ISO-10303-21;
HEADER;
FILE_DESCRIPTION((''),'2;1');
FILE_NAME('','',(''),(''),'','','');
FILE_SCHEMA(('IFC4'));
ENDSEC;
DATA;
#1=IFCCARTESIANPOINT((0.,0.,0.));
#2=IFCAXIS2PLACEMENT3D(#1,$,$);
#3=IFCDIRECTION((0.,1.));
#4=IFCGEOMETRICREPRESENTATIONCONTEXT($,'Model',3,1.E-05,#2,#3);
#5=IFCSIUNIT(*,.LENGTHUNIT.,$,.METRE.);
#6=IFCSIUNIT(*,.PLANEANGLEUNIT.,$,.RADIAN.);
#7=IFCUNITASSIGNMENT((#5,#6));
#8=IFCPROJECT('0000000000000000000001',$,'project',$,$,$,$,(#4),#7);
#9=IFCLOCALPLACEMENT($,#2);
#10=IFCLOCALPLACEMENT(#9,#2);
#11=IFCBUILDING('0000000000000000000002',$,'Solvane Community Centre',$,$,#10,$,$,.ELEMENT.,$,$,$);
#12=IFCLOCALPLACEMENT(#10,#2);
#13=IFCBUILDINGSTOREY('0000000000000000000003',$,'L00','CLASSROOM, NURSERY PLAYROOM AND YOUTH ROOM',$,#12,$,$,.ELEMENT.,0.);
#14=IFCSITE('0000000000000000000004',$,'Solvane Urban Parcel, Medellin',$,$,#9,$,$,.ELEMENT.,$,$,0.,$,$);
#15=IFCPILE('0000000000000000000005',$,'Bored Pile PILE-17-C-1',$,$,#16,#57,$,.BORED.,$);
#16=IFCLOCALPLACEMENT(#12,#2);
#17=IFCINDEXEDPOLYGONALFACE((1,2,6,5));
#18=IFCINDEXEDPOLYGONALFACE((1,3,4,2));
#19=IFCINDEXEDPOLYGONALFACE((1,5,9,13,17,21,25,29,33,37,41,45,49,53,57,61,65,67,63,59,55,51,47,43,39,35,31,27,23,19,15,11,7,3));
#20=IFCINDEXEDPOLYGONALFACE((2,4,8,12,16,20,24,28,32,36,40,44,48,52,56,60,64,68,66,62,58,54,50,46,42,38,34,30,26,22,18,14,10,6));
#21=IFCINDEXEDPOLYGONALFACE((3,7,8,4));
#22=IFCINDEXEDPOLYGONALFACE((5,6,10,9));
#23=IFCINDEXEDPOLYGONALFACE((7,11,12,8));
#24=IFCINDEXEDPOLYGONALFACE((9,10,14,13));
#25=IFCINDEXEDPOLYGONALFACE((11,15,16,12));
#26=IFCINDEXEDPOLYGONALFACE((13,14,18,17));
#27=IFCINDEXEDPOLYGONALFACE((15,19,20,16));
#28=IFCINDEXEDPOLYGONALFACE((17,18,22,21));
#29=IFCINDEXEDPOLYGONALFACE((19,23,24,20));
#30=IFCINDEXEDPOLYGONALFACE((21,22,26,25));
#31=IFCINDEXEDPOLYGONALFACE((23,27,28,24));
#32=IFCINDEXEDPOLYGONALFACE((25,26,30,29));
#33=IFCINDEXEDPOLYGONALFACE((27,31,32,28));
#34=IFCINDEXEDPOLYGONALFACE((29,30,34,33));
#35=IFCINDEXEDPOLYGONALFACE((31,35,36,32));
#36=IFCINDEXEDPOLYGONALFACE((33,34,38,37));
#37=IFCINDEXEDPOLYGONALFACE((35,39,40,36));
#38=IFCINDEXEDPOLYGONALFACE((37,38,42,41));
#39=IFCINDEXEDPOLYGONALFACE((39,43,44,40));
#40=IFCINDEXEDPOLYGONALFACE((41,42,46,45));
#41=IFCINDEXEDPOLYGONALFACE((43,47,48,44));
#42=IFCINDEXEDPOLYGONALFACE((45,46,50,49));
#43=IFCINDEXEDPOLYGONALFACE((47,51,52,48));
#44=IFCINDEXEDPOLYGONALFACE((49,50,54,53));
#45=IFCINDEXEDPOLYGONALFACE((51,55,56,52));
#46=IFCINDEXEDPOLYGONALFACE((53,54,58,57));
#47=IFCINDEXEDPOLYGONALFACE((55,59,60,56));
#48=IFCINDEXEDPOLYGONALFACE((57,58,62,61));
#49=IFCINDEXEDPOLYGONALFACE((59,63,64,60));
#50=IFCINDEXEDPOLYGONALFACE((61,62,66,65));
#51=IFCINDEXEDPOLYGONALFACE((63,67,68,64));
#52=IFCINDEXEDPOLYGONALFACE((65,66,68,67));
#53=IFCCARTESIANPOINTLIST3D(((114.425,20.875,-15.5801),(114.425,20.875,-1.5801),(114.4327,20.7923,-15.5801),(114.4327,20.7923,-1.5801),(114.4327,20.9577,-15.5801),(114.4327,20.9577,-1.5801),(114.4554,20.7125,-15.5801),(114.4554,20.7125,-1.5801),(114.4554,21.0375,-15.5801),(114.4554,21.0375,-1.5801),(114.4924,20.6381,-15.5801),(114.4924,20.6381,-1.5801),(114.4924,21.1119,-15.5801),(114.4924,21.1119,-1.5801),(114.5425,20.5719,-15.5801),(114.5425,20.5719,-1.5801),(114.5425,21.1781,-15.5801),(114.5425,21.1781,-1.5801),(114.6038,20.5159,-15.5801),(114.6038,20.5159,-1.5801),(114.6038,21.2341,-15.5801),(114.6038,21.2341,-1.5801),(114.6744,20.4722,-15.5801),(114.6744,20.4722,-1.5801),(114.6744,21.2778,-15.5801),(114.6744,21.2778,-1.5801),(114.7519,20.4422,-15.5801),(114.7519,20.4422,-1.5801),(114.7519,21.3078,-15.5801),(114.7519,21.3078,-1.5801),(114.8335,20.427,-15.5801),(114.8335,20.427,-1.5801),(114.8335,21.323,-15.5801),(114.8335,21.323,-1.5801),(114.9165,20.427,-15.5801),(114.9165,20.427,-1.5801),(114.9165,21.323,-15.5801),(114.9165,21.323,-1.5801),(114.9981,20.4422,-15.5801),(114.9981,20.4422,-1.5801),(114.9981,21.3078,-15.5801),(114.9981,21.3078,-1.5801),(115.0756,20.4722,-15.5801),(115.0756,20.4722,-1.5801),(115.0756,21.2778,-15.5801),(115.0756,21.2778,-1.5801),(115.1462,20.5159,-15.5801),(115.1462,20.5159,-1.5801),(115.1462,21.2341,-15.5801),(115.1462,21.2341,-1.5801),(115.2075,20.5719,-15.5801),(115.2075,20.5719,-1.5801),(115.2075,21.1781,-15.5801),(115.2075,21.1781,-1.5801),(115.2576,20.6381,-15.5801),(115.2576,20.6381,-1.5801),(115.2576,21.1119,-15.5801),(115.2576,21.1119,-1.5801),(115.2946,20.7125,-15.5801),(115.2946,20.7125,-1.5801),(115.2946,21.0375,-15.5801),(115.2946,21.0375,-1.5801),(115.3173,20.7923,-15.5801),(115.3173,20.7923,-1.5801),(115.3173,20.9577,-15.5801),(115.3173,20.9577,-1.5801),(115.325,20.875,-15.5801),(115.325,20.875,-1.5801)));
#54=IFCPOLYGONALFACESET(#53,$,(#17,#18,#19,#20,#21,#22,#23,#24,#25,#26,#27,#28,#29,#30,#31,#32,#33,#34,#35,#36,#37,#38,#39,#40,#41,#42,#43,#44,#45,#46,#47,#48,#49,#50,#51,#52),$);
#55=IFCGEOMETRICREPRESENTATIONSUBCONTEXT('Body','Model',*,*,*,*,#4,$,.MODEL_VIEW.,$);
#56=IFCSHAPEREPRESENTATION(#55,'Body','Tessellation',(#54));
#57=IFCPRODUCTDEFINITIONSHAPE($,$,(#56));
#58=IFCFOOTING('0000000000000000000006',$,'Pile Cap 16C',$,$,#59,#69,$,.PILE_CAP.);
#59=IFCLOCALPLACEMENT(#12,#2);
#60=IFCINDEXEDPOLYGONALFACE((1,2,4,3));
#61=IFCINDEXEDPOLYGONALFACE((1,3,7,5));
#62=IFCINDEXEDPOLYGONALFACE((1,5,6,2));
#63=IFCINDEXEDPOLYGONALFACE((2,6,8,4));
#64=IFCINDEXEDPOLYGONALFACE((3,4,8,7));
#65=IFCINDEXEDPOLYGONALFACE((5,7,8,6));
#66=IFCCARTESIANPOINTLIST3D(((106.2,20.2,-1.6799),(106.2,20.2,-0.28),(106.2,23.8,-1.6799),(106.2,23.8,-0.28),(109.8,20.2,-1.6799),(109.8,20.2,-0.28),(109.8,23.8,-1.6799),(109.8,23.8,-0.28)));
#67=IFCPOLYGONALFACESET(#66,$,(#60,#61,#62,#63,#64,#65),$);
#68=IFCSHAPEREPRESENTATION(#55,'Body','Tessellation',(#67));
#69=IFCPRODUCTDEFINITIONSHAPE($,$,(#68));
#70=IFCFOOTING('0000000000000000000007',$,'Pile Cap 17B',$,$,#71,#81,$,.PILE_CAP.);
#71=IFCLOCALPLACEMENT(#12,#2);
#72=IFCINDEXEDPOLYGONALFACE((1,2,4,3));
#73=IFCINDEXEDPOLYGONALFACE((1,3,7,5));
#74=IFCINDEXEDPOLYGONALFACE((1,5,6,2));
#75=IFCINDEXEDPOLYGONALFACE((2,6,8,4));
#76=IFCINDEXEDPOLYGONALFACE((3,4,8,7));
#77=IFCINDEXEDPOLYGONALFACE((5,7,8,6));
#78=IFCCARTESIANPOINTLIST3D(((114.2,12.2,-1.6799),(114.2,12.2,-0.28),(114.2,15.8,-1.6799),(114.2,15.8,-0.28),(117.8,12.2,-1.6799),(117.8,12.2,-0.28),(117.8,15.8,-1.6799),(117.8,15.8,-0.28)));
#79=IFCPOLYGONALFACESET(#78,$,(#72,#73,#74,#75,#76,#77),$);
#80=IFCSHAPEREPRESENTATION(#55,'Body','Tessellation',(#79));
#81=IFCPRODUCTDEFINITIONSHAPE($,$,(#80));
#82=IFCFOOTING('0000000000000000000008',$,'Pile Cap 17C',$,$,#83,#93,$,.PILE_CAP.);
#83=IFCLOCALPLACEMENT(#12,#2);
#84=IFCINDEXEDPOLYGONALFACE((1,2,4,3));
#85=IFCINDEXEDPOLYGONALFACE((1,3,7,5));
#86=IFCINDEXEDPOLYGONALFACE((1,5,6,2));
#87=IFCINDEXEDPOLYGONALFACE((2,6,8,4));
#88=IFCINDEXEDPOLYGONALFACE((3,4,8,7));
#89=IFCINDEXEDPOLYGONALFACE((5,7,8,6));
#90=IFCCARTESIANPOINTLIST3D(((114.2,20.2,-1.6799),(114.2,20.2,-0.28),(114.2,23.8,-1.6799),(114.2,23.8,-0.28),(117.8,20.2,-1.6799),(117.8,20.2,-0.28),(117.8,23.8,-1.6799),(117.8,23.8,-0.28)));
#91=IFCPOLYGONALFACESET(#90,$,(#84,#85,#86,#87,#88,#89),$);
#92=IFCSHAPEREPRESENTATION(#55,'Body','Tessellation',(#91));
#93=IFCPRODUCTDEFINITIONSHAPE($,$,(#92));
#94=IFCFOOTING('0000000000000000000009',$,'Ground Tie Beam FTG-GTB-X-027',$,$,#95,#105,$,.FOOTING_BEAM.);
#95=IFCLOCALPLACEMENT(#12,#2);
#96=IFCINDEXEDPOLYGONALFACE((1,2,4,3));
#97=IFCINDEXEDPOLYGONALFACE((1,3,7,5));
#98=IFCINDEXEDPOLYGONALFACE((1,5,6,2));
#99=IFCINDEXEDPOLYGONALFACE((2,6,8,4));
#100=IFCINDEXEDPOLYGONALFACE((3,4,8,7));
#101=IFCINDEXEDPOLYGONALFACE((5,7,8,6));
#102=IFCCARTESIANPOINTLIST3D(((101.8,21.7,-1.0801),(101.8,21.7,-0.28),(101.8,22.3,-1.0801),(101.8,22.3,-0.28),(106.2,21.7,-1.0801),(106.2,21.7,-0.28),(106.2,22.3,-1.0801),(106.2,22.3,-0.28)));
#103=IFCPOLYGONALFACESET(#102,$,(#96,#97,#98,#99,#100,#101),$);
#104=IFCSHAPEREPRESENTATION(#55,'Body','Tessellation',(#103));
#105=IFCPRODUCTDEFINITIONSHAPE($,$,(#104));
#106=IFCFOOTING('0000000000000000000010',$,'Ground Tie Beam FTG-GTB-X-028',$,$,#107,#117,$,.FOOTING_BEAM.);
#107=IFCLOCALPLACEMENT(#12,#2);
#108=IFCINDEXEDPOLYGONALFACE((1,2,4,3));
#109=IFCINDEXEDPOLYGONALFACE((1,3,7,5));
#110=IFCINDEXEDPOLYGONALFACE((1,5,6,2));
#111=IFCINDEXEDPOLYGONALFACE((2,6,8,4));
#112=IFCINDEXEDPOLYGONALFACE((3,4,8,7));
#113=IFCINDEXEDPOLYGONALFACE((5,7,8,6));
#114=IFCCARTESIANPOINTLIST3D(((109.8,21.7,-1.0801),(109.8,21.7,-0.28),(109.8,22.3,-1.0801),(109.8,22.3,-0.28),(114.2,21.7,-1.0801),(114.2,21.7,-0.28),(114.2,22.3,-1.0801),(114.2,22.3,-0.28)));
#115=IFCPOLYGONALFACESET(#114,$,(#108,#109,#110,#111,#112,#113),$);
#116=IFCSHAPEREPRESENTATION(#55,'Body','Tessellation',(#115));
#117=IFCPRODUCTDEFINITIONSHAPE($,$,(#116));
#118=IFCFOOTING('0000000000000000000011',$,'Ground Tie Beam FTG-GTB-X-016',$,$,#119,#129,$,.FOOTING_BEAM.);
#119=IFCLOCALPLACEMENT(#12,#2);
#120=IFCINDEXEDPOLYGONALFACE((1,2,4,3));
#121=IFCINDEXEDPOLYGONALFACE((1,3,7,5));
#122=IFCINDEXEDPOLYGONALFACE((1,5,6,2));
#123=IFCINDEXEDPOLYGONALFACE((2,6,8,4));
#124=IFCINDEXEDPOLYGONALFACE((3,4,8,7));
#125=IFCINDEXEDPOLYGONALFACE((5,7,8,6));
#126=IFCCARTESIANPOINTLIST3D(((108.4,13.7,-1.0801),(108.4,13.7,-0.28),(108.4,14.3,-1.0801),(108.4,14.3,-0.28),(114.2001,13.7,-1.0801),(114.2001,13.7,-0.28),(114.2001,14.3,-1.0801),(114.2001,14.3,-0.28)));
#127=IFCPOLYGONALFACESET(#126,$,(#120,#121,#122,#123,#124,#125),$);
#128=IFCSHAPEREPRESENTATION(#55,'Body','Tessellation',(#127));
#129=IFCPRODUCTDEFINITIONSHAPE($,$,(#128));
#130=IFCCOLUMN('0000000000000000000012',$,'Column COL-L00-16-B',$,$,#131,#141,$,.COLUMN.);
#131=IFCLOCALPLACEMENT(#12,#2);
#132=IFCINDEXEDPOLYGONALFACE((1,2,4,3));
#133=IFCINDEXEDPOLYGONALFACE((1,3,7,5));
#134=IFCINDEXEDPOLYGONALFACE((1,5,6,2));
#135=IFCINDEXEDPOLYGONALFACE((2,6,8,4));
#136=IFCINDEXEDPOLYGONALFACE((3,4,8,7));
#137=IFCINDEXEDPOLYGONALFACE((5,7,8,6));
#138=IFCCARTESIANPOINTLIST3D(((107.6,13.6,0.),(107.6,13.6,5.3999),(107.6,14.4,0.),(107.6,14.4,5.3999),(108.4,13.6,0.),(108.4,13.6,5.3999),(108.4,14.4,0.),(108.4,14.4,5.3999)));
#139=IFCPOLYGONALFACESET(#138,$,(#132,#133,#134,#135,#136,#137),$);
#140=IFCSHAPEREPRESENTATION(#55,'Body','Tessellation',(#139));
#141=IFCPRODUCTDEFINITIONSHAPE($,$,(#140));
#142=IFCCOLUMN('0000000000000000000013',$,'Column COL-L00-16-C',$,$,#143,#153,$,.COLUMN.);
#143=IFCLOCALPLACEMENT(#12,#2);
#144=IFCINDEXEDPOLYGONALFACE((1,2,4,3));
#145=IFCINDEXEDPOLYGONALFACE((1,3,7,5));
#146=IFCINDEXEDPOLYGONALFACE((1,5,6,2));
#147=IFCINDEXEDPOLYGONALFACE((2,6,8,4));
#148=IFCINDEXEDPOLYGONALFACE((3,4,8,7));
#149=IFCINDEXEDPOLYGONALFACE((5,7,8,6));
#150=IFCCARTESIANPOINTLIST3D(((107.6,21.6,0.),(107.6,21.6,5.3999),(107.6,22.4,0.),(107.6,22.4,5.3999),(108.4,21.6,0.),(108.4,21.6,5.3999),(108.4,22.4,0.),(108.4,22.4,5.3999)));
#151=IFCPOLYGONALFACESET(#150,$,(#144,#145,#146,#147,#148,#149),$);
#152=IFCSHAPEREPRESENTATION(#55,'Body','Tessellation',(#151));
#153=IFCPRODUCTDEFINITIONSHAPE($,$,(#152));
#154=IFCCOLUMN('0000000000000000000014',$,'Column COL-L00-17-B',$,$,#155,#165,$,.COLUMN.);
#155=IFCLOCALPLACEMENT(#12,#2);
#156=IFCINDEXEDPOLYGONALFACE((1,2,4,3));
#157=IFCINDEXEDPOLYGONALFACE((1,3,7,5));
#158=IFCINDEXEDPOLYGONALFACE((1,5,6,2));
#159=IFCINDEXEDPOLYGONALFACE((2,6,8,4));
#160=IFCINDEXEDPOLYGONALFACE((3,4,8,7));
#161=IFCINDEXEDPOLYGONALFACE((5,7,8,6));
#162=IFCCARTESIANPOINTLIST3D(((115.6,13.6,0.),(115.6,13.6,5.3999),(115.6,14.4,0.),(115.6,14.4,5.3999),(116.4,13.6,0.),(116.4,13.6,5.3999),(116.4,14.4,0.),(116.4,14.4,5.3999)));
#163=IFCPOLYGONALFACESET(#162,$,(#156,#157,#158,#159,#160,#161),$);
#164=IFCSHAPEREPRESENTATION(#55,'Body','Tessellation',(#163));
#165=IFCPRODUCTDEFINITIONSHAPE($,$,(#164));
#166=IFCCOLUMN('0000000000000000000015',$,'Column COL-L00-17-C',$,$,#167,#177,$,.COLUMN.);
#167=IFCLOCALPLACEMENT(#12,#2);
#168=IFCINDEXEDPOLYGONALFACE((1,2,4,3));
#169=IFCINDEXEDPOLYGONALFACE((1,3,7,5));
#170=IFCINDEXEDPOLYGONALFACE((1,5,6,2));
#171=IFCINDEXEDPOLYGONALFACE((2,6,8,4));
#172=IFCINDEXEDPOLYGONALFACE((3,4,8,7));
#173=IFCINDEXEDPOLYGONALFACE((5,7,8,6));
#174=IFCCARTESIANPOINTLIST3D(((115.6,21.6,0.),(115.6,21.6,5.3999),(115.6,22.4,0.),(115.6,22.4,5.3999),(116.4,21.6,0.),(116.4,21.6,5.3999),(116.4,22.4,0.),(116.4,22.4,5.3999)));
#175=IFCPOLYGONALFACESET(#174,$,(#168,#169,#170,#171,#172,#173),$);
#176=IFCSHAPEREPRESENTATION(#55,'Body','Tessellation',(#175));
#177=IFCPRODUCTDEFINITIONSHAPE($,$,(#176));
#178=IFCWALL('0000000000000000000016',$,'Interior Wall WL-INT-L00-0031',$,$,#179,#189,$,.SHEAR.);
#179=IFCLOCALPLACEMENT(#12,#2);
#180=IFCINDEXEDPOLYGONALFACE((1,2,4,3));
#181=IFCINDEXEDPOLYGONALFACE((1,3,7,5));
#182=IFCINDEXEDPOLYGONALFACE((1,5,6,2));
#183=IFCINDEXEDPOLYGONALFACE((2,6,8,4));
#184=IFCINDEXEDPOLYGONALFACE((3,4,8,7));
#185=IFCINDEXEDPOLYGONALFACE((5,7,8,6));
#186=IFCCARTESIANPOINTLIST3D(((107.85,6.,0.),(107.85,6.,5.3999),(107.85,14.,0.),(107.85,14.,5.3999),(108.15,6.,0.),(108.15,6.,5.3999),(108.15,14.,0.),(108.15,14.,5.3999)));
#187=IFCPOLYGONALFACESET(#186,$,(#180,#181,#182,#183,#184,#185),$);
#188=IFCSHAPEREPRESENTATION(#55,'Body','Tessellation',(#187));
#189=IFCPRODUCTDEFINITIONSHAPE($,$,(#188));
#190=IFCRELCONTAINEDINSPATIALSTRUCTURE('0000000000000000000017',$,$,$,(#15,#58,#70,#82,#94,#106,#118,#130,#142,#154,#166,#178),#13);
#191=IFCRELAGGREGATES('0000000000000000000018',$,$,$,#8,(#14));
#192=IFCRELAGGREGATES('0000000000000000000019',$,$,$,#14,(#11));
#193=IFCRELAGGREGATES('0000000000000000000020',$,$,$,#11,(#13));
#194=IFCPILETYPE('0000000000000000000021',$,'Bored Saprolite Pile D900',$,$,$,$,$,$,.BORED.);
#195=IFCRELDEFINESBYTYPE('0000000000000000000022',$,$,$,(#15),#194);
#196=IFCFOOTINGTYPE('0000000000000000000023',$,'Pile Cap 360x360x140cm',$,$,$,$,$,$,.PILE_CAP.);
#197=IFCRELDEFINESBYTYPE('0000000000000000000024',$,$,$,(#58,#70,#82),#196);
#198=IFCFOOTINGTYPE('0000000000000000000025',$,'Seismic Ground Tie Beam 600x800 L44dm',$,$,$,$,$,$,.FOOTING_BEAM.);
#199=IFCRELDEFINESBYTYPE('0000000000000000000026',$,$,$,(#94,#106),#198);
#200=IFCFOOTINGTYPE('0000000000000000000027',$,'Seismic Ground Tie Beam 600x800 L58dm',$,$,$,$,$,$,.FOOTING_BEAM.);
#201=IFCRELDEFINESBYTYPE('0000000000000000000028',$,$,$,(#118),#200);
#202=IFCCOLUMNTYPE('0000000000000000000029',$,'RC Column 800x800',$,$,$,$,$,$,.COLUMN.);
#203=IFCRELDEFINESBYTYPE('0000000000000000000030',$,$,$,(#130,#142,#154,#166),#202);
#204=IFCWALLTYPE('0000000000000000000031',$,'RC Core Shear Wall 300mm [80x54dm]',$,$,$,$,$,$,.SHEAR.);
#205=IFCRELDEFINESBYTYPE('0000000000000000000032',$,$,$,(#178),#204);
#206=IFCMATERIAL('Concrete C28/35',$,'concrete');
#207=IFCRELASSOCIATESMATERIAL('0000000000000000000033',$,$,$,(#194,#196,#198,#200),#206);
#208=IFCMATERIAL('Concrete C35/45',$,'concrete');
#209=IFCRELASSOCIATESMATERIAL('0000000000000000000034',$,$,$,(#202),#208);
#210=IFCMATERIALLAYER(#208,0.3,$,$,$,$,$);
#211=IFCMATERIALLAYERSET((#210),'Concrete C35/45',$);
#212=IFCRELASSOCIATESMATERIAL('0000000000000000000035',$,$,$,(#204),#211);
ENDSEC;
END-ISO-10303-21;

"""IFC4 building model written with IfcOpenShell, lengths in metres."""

from ifc_helpers import new_model, si_unit, direction, frame, frame_2d, origin, origin_2d, place, context, subcontext, project, spatial, rectangle, circle, extrude, material, layer, layer_set, material_profile, profile_set, type_object, element, save


model = new_model("IFC4")

# Units and contexts
model_context = context("Model", 3, precision=1e-05, world=origin(), true_north=direction((0.0, 1.0)))
body_context = subcontext(model_context, "Body", "Model", "MODEL_VIEW")
ifc_project = project(units=[si_unit("LENGTHUNIT", "METRE"), si_unit("PLANEANGLEUNIT", "RADIAN")], contexts=[model_context])

# Site, building, storey
site_placement = place(None, origin())
site = spatial("IfcSite", under=ifc_project, at=site_placement, Name="Solvane Urban Parcel, Medellin", CompositionType="ELEMENT", RefElevation=0.0)
building_placement = place(site_placement, origin())
building = spatial("IfcBuilding", under=site, at=building_placement, Name="Solvane Community Centre", CompositionType="ELEMENT")
storey_placement = place(building_placement, origin())
storey = spatial("IfcBuildingStorey", under=building, at=storey_placement, Name="L00", Description="CLASSROOM, NURSERY PLAYROOM AND YOUTH ROOM", CompositionType="ELEMENT", Elevation=0.0)

# Pile
ifc_material_1 = material(Name="Concrete C28/35", Category="concrete")
ifc_material_profile_1 = material_profile(ifc_material_1, circle(Radius=0.45, at=origin_2d()), Name="PILE D900")
ifc_profile_set_1 = profile_set([ifc_material_profile_1], Name="Concrete C28/35")
pile_type_1 = type_object("IfcPileType", Name="Bored Saprolite Pile D900", PredefinedType="BORED", material=ifc_profile_set_1)
for number, where, z_axis, x_axis, name in (
    (1, (114.875, 20.875, -1.5801), (0.0, 0.0, -1.0), (1.0, 0.0, 0.0), "Bored Pile PILE-17-C-1"),
):
    element("IfcPile", number, at=place(storey_placement, frame(where, z_axis=z_axis, x_axis=x_axis)), inside=storey, type_object=pile_type_1, Name=name, PredefinedType="BORED", context=body_context, shape_type="SweptSolid", body=[
        extrude(circle(Radius=0.45, at=origin_2d()), origin(), (0.0, 0.0, 1.0), 14.0),
    ])

# Footings
footing_type_1 = type_object("IfcFootingType", Name="Pile Cap 360x360x140cm", PredefinedType="PILE_CAP", material=ifc_material_1)
for number, where, z_axis, x_axis, name in (
    (2, (108.0, 22.0, -1.6799), (0.0, 0.0, 1.0), (1.0, 0.0, 0.0), "Pile Cap 16C"),
    (3, (116.0, 14.0, -1.6799), (0.0, 0.0, 1.0), (1.0, 0.0, 0.0), "Pile Cap 17B"),
    (4, (116.0, 22.0, -1.6799), (0.0, 0.0, 1.0), (1.0, 0.0, 0.0), "Pile Cap 17C"),
):
    element("IfcFooting", number, at=place(storey_placement, frame(where, z_axis=z_axis, x_axis=x_axis)), inside=storey, type_object=footing_type_1, Name=name, PredefinedType="PILE_CAP", context=body_context, shape_type="SweptSolid", body=[
        extrude(rectangle(XDim=3.6001, YDim=3.6001, at=origin_2d()), origin(), (0.0, 0.0, 1.0), 1.3999),
    ])
footing_type_2 = type_object("IfcFootingType", Name="Seismic Ground Tie Beam 600x800 L44dm", PredefinedType="FOOTING_BEAM", material=ifc_material_1)
for number, where, z_axis, x_axis, name in (
    (5, (104.0, 22.0, -1.0801), (0.0, 0.0, 1.0), (1.0, 0.0, 0.0), "Ground Tie Beam FTG-GTB-X-027"),
    (6, (112.0, 22.0, -1.0801), (0.0, 0.0, 1.0), (1.0, 0.0, 0.0), "Ground Tie Beam FTG-GTB-X-028"),
):
    element("IfcFooting", number, at=place(storey_placement, frame(where, z_axis=z_axis, x_axis=x_axis)), inside=storey, type_object=footing_type_2, Name=name, PredefinedType="FOOTING_BEAM", context=body_context, shape_type="SweptSolid", body=[
        extrude(rectangle(XDim=4.3999, YDim=0.6001, at=origin_2d()), origin(), (0.0, 0.0, 1.0), 0.8),
    ])
footing_type_3 = type_object("IfcFootingType", Name="Seismic Ground Tie Beam 600x800 L58dm", PredefinedType="FOOTING_BEAM", material=ifc_material_1)
footing_placement = place(storey_placement, frame((111.3, 14.0, -1.0801), z_axis=(0.0, 0.0, 1.0), x_axis=(1.0, 0.0, 0.0)))
element("IfcFooting", 7, at=footing_placement, inside=storey, type_object=footing_type_3, Name="Ground Tie Beam FTG-GTB-X-016", PredefinedType="FOOTING_BEAM", context=body_context, shape_type="SweptSolid", body=[
    extrude(rectangle(XDim=5.8, YDim=0.6001, at=origin_2d()), origin(), (0.0, 0.0, 1.0), 0.8),
])

# Columns
ifc_material_2 = material(Name="Concrete C35/45", Category="concrete")
ifc_material_profile_2 = material_profile(ifc_material_2, rectangle(XDim=0.8, YDim=0.8, at=origin_2d()), Name="RC 800x800")
ifc_profile_set_2 = profile_set([ifc_material_profile_2], Name="Concrete C35/45")
column_type = type_object("IfcColumnType", Name="RC Column 800x800", PredefinedType="COLUMN", material=ifc_profile_set_2)
for number, where, z_axis, x_axis, name in (
    (8, (108.0, 14.0, 0.0), (0.0, 0.0, 1.0), (1.0, 0.0, 0.0), "Column COL-L00-16-B"),
    (9, (108.0, 22.0, 0.0), (0.0, 0.0, 1.0), (1.0, 0.0, 0.0), "Column COL-L00-16-C"),
    (10, (116.0, 14.0, 0.0), (0.0, 0.0, 1.0), (1.0, 0.0, 0.0), "Column COL-L00-17-B"),
    (11, (116.0, 22.0, 0.0), (0.0, 0.0, 1.0), (1.0, 0.0, 0.0), "Column COL-L00-17-C"),
):
    element("IfcColumn", number, at=place(storey_placement, frame(where, z_axis=z_axis, x_axis=x_axis)), inside=storey, type_object=column_type, Name=name, PredefinedType="COLUMN", context=body_context, shape_type="SweptSolid", body=[
        extrude(rectangle(XDim=0.8, YDim=0.8, at=origin_2d()), origin(), (0.0, 0.0, 1.0), 5.3999),
    ])

# Wall
ifc_layer = layer(ifc_material_2, 0.3)
ifc_layer_set = layer_set([ifc_layer], Name="Concrete C35/45")
wall_type = type_object("IfcWallType", Name="RC Core Shear Wall 300mm [80x54dm]", PredefinedType="SHEAR", material=ifc_layer_set)
wall_placement = place(storey_placement, frame((108.0, 14.0, 0.0), z_axis=(0.0, 0.0, 1.0), x_axis=(0.0, -1.0, 0.0)))
element("IfcWall", 12, at=wall_placement, inside=storey, type_object=wall_type, Name="Interior Wall WL-INT-L00-0031", PredefinedType="SHEAR", context=body_context, shape_type="SweptSolid", body=[
    extrude(rectangle(XDim=8.0, YDim=0.3, at=frame_2d((4.0, 0.0))), origin(), (0.0, 0.0, 1.0), 5.3999),
])

save(model, "model.ifc")
